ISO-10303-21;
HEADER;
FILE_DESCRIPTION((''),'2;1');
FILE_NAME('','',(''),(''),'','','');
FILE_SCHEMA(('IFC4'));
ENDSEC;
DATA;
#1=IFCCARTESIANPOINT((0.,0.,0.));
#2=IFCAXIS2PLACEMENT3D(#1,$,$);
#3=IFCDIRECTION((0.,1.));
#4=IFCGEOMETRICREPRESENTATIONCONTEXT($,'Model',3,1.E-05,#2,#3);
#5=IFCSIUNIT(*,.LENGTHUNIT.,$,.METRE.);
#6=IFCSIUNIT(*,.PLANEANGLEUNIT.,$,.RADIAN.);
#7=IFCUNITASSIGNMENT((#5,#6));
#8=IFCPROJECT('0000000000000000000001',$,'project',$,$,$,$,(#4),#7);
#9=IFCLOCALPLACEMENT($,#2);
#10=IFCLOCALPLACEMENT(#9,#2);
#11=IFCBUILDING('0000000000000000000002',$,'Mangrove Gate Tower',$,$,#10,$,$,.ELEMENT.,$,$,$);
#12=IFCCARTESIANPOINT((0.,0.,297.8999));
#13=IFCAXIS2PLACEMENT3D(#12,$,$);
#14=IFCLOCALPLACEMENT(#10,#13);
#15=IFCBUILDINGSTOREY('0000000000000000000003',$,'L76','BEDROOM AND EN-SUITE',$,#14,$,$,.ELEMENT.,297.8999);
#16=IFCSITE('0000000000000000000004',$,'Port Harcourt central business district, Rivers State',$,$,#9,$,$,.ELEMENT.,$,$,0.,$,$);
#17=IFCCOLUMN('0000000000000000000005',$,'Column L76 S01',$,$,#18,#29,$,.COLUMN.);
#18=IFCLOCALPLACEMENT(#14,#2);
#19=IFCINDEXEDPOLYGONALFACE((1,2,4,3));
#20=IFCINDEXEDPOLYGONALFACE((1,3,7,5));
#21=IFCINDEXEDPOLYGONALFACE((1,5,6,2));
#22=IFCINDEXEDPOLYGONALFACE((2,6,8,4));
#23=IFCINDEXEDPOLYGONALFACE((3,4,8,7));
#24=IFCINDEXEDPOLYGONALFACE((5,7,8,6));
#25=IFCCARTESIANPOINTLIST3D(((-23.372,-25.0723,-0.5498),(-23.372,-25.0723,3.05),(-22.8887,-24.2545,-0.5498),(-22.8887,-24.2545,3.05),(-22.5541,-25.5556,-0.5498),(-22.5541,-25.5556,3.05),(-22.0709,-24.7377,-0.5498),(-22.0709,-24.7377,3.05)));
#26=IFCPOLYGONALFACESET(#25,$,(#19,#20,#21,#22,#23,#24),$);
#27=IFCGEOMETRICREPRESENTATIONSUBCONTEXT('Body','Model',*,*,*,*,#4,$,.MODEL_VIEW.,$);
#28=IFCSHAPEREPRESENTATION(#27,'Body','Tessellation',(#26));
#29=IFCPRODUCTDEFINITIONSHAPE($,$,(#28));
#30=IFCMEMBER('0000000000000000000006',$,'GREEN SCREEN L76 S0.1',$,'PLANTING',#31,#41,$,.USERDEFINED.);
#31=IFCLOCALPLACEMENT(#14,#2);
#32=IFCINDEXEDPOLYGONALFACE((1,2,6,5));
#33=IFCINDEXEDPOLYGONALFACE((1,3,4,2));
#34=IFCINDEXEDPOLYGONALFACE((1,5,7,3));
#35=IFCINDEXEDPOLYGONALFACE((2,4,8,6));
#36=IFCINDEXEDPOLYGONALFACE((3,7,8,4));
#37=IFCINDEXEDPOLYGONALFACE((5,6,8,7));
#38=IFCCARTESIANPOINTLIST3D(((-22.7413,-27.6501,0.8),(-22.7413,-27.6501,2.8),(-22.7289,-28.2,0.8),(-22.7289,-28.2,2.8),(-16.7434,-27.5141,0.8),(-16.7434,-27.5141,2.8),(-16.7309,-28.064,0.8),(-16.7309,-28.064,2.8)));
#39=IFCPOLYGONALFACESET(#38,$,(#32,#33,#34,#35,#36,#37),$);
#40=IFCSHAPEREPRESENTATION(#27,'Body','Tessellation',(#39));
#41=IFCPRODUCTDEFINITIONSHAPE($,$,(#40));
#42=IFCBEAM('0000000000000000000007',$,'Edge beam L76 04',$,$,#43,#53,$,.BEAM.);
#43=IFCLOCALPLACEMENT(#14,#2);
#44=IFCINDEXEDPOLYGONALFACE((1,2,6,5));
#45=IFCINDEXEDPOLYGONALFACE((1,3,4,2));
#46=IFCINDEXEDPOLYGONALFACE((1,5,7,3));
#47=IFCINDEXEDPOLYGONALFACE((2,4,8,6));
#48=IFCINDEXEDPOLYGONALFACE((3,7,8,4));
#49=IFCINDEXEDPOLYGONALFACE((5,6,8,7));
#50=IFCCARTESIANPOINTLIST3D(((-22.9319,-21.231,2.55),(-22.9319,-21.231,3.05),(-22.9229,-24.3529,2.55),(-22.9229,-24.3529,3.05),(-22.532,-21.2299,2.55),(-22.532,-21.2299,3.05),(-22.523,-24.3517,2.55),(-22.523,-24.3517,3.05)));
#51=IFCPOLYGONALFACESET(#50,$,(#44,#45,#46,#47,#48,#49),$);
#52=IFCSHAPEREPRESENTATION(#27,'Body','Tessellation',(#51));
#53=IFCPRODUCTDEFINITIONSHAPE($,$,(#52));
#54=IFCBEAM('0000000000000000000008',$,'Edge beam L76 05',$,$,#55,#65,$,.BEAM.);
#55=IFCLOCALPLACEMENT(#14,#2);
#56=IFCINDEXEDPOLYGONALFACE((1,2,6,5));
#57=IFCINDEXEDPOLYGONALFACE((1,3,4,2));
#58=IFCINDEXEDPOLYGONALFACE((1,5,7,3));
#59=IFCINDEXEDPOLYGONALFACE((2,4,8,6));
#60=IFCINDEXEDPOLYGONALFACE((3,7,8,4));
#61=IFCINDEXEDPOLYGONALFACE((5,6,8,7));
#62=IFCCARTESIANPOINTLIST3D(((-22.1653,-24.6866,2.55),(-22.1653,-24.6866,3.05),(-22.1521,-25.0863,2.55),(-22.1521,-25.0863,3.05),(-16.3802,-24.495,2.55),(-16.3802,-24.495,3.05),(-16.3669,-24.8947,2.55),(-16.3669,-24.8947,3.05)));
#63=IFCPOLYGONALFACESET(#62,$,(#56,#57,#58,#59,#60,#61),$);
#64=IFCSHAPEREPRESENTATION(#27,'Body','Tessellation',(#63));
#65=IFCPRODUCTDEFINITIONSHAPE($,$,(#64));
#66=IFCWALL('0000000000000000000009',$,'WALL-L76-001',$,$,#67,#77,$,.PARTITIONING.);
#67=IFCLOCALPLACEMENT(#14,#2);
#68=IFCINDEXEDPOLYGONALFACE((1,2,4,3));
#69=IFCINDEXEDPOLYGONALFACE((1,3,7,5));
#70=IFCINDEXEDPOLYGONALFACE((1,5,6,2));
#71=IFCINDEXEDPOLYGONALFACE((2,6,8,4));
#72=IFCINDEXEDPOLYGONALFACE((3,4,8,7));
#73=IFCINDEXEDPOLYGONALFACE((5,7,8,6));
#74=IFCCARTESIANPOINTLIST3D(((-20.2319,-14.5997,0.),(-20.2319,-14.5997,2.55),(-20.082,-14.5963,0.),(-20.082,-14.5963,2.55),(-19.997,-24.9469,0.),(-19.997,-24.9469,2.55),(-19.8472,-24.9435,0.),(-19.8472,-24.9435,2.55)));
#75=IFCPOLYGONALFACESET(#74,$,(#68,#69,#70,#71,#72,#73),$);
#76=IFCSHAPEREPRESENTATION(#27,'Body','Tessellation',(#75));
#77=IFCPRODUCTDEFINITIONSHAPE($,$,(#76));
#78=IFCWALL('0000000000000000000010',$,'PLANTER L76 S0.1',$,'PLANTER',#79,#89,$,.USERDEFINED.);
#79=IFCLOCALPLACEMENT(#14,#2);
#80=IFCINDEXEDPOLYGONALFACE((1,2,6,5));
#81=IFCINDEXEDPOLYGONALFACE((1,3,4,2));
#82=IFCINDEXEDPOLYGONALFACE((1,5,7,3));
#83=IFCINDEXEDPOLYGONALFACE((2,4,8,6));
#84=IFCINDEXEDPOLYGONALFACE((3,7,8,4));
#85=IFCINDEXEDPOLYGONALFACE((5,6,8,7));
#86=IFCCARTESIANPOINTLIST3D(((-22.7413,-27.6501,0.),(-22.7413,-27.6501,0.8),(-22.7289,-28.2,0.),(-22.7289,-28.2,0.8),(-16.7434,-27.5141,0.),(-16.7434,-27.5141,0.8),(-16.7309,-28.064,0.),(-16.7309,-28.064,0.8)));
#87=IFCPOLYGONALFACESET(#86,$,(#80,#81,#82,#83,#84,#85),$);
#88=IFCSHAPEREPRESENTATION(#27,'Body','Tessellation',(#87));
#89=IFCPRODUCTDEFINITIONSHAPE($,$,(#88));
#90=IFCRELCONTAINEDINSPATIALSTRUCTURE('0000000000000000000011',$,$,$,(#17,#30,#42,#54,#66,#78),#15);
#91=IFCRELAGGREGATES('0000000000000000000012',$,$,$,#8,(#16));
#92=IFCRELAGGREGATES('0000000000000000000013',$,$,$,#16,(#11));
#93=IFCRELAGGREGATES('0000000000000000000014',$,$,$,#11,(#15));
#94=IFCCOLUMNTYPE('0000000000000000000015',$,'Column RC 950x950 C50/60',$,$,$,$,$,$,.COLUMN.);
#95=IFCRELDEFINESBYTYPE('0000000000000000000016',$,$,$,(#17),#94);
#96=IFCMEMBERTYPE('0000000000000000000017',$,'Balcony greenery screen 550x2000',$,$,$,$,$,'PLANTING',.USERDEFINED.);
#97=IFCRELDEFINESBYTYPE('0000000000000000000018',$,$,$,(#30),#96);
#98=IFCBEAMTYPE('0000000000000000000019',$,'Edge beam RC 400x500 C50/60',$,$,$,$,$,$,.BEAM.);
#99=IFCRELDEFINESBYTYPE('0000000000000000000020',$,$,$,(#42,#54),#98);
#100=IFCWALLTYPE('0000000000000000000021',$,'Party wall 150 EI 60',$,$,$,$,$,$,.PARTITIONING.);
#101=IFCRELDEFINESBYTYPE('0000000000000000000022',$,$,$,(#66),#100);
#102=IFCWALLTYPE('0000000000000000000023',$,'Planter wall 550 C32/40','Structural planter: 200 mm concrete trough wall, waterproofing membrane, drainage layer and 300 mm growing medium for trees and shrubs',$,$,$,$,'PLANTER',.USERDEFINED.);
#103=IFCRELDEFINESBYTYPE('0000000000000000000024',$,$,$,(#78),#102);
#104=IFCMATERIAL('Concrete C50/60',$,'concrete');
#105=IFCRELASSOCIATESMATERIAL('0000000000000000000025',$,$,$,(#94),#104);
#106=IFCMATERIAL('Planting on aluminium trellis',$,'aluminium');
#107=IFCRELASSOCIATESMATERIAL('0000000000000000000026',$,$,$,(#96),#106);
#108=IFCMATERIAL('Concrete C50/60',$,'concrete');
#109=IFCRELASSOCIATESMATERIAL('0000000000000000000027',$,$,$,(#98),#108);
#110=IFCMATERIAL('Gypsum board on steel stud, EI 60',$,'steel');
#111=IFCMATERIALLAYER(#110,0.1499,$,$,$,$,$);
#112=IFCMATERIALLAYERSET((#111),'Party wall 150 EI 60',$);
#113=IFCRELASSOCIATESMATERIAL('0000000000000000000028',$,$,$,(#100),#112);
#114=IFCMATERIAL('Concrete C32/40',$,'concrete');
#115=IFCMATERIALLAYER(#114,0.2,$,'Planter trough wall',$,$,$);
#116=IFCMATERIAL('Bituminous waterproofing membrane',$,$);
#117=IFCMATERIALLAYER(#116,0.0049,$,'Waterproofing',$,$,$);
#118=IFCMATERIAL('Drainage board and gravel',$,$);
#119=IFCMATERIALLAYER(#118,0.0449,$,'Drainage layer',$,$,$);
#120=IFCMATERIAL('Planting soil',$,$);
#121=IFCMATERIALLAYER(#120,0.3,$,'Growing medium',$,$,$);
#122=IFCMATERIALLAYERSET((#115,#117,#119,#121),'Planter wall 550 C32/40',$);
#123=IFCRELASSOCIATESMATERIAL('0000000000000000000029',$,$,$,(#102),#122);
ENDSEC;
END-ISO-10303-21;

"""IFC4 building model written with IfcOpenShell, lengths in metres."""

from ifc_helpers import new_model, si_unit, direction, frame, frame_2d, origin, origin_2d, place, context, subcontext, project, spatial, rectangle, extrude, material, layer, layer_set, material_profile, profile_set, type_object, element, save


model = new_model("IFC4")

# Units and contexts
model_context = context("Model", 3, precision=1e-05, world=origin(), true_north=direction((0.0, 1.0)))
body_context = subcontext(model_context, "Body", "Model", "MODEL_VIEW")
ifc_project = project(units=[si_unit("LENGTHUNIT", "METRE"), si_unit("PLANEANGLEUNIT", "RADIAN")], contexts=[model_context])

# Site, building, storey
site_placement = place(None, origin())
site = spatial("IfcSite", under=ifc_project, at=site_placement, Name="Port Harcourt central business district, Rivers State", CompositionType="ELEMENT", RefElevation=0.0)
building_placement = place(site_placement, origin())
building = spatial("IfcBuilding", under=site, at=building_placement, Name="Mangrove Gate Tower", CompositionType="ELEMENT")
storey_placement = place(building_placement, frame((0.0, 0.0, 297.8999)))
storey = spatial("IfcBuildingStorey", under=building, at=storey_placement, Name="L76", Description="BEDROOM AND EN-SUITE", CompositionType="ELEMENT", Elevation=297.8999)

# Column
ifc_material_1 = material(Name="Concrete C50/60", Category="concrete")
ifc_material_profile_1 = material_profile(ifc_material_1, rectangle(XDim=0.95, YDim=0.95, at=origin_2d()))
ifc_profile_set_1 = profile_set([ifc_material_profile_1], Name="Concrete C50/60")
column_type = type_object("IfcColumnType", Name="Column RC 950x950 C50/60", PredefinedType="COLUMN", material=ifc_profile_set_1)
column_placement = place(storey_placement, frame((-22.7214, -24.905, -0.5498), z_axis=(0.0, 0.0, 1.0), x_axis=(0.860936, -0.508713, 0.0)))
element("IfcColumn", 1, at=column_placement, inside=storey, type_object=column_type, Name="Column L76 S01", PredefinedType="COLUMN", context=body_context, shape_type="SweptSolid", body=[
    extrude(rectangle(XDim=0.95, YDim=0.95, at=origin_2d()), origin(), (0.0, 0.0, 1.0), 3.5999),
])

# Member
ifc_material_2 = material(Name="Planting on aluminium trellis", Category="aluminium")
ifc_material_profile_2 = material_profile(ifc_material_2, rectangle(XDim=0.55, YDim=2.0, at=origin_2d()))
ifc_profile_set_2 = profile_set([ifc_material_profile_2], Name="Planting on aluminium trellis")
member_type = type_object("IfcMemberType", Name="Balcony greenery screen 550x2000", ElementType="PLANTING", PredefinedType="USERDEFINED", material=ifc_profile_set_2)
member_placement = place(storey_placement, frame((-22.7351, -27.925, 1.8), z_axis=(0.999743, 0.022666, 0.0), x_axis=(-0.022666, 0.999743, 0.0)))
element("IfcMember", 2, at=member_placement, inside=storey, type_object=member_type, Name="GREEN SCREEN L76 S0.1", ObjectType="PLANTING", PredefinedType="USERDEFINED", context=body_context, shape_type="SweptSolid", body=[
    extrude(rectangle(XDim=0.55, YDim=2.0, at=origin_2d()), origin(), (0.0, 0.0, 1.0), 5.9995),
])

# Beams
ifc_material_3 = material(Name="Concrete C50/60", Category="concrete")
ifc_material_profile_3 = material_profile(ifc_material_3, rectangle(XDim=0.3999, YDim=0.5, at=origin_2d()))
ifc_profile_set_3 = profile_set([ifc_material_profile_3], Name="Concrete C50/60")
beam_type = type_object("IfcBeamType", Name="Edge beam RC 400x500 C50/60", PredefinedType="BEAM", material=ifc_profile_set_3)
beam_1_placement = place(storey_placement, frame((-22.7319, -21.2305, 2.8), z_axis=(0.002894, -0.999996, 0.0), x_axis=(0.999996, 0.002894, 0.0)))
element("IfcBeam", 3, at=beam_1_placement, inside=storey, type_object=beam_type, Name="Edge beam L76 04", PredefinedType="BEAM", context=body_context, shape_type="SweptSolid", body=[
    extrude(rectangle(XDim=0.3999, YDim=0.5, at=origin_2d()), origin(), (0.0, 0.0, 1.0), 3.1218),
])
beam_2_placement = place(storey_placement, frame((-22.1587, -24.8865, 2.8), z_axis=(0.999452, 0.03311, 0.0), x_axis=(-0.03311, 0.999452, 0.0)))
element("IfcBeam", 4, at=beam_2_placement, inside=storey, type_object=beam_type, Name="Edge beam L76 05", PredefinedType="BEAM", context=body_context, shape_type="SweptSolid", body=[
    extrude(rectangle(XDim=0.3999, YDim=0.5, at=origin_2d()), origin(), (0.0, 0.0, 1.0), 5.7883),
])

# Walls
ifc_material_4 = material(Name="Gypsum board on steel stud, EI 60", Category="steel")
ifc_layer_1 = layer(ifc_material_4, 0.1499)
ifc_layer_set_1 = layer_set([ifc_layer_1], Name="Party wall 150 EI 60")
wall_type_1 = type_object("IfcWallType", Name="Party wall 150 EI 60", PredefinedType="PARTITIONING", material=ifc_layer_set_1)
wall_1_placement = place(storey_placement, frame((-19.9221, -24.9451, 0.0), z_axis=(0.0, 0.0, 1.0), x_axis=(-0.022692, 0.999742, 0.0)))
element("IfcWall", 5, at=wall_1_placement, inside=storey, type_object=wall_type_1, Name="WALL-L76-001", PredefinedType="PARTITIONING", context=body_context, shape_type="SweptSolid", body=[
    extrude(rectangle(XDim=10.3499, YDim=0.1499, at=frame_2d((5.1748, 0.0))), origin(), (0.0, 0.0, 1.0), 2.55),
])
ifc_material_5 = material(Name="Concrete C32/40", Category="concrete")
ifc_layer_2 = layer(ifc_material_5, 0.2, Name="Planter trough wall")
ifc_material_6 = material(Name="Bituminous waterproofing membrane")
ifc_layer_3 = layer(ifc_material_6, 0.0049, Name="Waterproofing")
ifc_material_7 = material(Name="Drainage board and gravel")
ifc_layer_4 = layer(ifc_material_7, 0.0449, Name="Drainage layer")
ifc_material_8 = material(Name="Planting soil")
ifc_layer_5 = layer(ifc_material_8, 0.3, Name="Growing medium")
ifc_layer_set_2 = layer_set([ifc_layer_2, ifc_layer_3, ifc_layer_4, ifc_layer_5], Name="Planter wall 550 C32/40")
wall_type_2 = type_object("IfcWallType", Name="Planter wall 550 C32/40", Description="Structural planter: 200 mm concrete trough wall, waterproofing membrane, drainage layer and 300 mm growing medium for trees and shrubs", ElementType="PLANTER", PredefinedType="USERDEFINED", material=ifc_layer_set_2)
wall_2_placement = place(storey_placement, frame((-22.7351, -27.925, 0.0), z_axis=(0.0, 0.0, 1.0), x_axis=(0.999743, 0.022666, 0.0)))
element("IfcWall", 6, at=wall_2_placement, inside=storey, type_object=wall_type_2, Name="PLANTER L76 S0.1", ObjectType="PLANTER", PredefinedType="USERDEFINED", context=body_context, shape_type="SweptSolid", body=[
    extrude(rectangle(XDim=5.9995, YDim=0.55, at=frame_2d((2.9998, 0.0))), origin(), (0.0, 0.0, 1.0), 0.8),
])

save(model, "model.ifc")
